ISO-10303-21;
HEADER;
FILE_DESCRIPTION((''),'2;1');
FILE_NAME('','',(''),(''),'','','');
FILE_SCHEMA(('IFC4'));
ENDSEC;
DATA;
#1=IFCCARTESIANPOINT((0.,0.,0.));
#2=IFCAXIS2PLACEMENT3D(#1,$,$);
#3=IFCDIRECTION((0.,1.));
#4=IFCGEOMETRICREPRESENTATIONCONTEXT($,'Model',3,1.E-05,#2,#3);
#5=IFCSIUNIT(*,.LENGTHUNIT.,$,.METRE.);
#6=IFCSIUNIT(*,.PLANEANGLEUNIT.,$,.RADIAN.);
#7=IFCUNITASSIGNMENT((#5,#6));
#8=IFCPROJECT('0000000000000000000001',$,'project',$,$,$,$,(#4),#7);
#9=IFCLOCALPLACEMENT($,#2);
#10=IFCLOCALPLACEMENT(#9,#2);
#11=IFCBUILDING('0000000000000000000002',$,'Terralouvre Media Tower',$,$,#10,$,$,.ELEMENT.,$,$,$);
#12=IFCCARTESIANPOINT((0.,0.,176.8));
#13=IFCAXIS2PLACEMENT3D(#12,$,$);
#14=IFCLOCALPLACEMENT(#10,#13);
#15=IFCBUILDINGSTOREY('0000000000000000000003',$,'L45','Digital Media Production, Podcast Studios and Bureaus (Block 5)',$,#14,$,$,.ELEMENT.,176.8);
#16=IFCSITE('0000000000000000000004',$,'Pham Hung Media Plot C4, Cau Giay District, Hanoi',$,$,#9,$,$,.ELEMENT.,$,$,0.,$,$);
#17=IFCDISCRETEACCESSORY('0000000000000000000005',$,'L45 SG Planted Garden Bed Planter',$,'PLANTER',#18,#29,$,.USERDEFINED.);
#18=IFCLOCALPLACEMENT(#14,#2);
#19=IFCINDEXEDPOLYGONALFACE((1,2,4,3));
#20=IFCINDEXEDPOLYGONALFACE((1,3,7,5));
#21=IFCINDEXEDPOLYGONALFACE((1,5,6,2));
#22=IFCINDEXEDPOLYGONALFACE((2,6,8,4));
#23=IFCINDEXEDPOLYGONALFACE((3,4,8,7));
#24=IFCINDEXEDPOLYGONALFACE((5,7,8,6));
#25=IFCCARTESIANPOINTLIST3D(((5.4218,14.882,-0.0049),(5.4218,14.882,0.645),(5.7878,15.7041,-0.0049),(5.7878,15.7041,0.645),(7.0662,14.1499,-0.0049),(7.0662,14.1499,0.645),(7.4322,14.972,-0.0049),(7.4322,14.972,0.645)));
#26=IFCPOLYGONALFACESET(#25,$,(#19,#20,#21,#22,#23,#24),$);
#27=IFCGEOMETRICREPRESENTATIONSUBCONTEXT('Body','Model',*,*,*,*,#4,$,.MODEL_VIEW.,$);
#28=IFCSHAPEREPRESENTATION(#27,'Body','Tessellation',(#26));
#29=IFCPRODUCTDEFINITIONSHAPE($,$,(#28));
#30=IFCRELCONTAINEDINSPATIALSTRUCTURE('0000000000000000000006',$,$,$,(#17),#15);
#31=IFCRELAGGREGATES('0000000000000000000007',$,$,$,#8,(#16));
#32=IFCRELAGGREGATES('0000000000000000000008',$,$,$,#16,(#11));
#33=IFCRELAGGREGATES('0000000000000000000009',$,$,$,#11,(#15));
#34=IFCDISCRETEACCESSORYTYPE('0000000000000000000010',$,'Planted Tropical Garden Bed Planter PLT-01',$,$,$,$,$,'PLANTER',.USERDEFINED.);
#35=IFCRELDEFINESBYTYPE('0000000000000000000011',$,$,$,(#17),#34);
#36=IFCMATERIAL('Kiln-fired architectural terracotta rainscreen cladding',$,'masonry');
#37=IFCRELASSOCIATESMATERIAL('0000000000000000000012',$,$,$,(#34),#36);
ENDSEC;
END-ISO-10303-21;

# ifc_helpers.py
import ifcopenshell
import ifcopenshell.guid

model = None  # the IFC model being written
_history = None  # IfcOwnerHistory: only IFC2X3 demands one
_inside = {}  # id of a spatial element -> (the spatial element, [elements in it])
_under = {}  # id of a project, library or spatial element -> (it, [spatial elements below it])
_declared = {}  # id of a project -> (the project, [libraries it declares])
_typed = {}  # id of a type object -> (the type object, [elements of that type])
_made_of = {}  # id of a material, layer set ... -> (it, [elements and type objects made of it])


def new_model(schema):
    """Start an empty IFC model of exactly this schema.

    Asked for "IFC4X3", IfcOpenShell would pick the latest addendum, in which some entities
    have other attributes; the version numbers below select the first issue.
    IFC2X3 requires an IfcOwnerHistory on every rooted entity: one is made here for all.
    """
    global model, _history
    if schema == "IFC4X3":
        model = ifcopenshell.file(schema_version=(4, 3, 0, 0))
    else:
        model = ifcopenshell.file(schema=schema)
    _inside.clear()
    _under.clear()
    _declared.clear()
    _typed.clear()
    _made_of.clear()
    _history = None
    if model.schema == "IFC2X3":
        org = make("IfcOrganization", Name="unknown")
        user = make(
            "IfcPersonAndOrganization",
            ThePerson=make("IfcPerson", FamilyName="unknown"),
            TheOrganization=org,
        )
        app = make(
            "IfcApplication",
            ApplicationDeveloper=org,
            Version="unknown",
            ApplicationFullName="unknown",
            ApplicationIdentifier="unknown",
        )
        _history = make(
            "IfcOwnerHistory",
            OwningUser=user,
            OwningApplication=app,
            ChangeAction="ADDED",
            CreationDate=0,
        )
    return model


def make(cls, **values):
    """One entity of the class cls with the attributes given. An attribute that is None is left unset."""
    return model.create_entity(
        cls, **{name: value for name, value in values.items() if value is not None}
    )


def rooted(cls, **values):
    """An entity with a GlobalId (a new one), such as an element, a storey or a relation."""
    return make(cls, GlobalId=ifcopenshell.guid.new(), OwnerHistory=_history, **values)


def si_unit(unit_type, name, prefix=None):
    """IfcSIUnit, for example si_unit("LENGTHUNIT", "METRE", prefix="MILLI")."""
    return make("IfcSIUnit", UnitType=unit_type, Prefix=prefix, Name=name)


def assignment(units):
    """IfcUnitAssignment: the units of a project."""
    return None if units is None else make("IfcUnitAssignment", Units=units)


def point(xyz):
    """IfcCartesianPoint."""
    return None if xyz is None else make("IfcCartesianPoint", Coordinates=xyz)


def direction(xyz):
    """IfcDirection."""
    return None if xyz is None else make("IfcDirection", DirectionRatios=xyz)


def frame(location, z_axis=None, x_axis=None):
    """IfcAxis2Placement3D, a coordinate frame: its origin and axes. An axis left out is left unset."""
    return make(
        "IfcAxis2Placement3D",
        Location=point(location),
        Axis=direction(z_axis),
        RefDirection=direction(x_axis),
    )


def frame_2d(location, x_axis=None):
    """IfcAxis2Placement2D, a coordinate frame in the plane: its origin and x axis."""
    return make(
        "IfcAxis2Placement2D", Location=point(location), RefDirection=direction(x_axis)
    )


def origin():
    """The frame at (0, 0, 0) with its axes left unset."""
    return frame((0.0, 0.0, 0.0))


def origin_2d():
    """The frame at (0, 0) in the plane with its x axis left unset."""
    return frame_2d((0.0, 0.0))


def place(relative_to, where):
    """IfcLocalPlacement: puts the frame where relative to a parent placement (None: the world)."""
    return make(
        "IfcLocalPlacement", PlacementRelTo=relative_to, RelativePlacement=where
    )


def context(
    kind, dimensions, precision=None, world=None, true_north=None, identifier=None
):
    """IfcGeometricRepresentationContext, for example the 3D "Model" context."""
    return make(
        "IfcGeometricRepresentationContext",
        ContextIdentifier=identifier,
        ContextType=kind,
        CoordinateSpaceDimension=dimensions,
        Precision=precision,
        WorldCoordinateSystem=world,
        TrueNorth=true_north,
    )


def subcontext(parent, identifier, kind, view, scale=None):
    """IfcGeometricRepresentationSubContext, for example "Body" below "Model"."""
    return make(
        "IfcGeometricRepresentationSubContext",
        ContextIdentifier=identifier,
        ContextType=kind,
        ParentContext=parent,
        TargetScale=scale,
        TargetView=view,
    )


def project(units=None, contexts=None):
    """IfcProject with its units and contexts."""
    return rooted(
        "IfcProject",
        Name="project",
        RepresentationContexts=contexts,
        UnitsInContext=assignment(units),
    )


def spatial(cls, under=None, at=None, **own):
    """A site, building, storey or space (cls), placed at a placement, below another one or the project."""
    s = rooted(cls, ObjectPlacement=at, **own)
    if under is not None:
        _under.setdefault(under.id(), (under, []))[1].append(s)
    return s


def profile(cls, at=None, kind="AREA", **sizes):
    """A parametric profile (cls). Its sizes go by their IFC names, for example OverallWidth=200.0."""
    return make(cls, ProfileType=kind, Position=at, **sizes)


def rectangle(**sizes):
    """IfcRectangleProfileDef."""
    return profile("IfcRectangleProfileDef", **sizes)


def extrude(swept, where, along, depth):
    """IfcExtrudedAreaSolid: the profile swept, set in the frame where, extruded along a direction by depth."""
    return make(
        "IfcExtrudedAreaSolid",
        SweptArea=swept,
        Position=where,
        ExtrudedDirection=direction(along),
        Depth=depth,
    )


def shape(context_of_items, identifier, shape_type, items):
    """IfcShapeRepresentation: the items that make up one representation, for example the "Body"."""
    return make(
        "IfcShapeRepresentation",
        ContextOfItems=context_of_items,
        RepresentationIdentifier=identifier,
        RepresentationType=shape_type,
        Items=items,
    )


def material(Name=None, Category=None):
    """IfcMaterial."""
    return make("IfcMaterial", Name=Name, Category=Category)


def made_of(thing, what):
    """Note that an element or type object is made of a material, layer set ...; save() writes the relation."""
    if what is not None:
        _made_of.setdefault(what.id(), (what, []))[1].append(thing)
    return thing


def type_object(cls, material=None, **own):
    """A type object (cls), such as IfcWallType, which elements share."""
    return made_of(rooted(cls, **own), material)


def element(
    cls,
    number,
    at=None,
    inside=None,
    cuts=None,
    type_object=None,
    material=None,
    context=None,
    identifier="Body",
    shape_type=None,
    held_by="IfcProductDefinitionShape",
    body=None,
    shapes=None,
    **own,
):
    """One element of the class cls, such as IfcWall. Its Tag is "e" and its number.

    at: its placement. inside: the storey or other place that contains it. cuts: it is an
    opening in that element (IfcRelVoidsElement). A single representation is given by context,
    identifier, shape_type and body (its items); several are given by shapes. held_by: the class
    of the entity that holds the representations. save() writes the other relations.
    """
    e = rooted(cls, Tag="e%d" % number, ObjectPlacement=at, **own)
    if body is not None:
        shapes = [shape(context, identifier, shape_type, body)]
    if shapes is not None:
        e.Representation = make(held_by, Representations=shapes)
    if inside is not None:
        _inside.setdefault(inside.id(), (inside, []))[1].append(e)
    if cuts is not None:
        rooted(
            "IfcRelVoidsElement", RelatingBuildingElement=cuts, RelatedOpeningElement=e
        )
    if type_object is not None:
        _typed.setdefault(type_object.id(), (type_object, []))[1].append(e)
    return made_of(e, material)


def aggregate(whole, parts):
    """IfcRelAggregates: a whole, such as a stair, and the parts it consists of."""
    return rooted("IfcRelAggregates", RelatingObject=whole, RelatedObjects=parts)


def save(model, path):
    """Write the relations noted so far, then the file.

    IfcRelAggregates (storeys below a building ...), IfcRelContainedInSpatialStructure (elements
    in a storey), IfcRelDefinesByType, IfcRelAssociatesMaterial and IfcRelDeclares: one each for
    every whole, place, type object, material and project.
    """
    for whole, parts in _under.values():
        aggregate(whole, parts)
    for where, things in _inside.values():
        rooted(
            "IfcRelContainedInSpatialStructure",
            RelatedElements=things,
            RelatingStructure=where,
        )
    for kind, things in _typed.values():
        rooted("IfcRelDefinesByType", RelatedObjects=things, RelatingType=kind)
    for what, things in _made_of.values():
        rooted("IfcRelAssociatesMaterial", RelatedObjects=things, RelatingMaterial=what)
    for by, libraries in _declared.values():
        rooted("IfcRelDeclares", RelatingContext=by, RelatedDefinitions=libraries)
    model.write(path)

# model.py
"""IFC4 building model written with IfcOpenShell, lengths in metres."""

from ifc_helpers import new_model, si_unit, direction, frame, origin, origin_2d, place, context, subcontext, project, spatial, rectangle, extrude, material, type_object, element, save


model = new_model("IFC4")

# Units and contexts
model_context = context("Model", 3, precision=1e-05, world=origin(), true_north=direction((0.0, 1.0)))
body_context = subcontext(model_context, "Body", "Model", "MODEL_VIEW")
ifc_project = project(units=[si_unit("LENGTHUNIT", "METRE"), si_unit("PLANEANGLEUNIT", "RADIAN")], contexts=[model_context])

# Site, building, storey
site_placement = place(None, origin())
site = spatial("IfcSite", under=ifc_project, at=site_placement, Name="Pham Hung Media Plot C4, Cau Giay District, Hanoi", CompositionType="ELEMENT", RefElevation=0.0)
building_placement = place(site_placement, origin())
building = spatial("IfcBuilding", under=site, at=building_placement, Name="Terralouvre Media Tower", CompositionType="ELEMENT")
storey_placement = place(building_placement, frame((0.0, 0.0, 176.8)))
storey = spatial("IfcBuildingStorey", under=building, at=storey_placement, Name="L45", Description="Digital Media Production, Podcast Studios and Bureaus (Block 5)", CompositionType="ELEMENT", Elevation=176.8)

# Discrete accessory
ifc_material_1 = material(Name="Kiln-fired architectural terracotta rainscreen cladding", Category="masonry")
discrete_accessory_type_1 = type_object("IfcDiscreteAccessoryType", Name="Planted Tropical Garden Bed Planter PLT-01", ElementType="PLANTER", PredefinedType="USERDEFINED", material=ifc_material_1)
discrete_accessory_1_placement = place(storey_placement, frame((6.427, 14.927, -0.0049), z_axis=(0.0, 0.0, 1.0), x_axis=(-0.913545, 0.406737, 0.0)))
element("IfcDiscreteAccessory", 1, at=discrete_accessory_1_placement, inside=storey, type_object=discrete_accessory_type_1, Name="L45 SG Planted Garden Bed Planter", ObjectType="PLANTER", PredefinedType="USERDEFINED", context=body_context, shape_type="SweptSolid", body=[
    extrude(rectangle(XDim=1.8, YDim=0.8999, at=origin_2d()), origin(), (0.0, 0.0, 1.0), 0.6499),
])

save(model, "model.ifc")
